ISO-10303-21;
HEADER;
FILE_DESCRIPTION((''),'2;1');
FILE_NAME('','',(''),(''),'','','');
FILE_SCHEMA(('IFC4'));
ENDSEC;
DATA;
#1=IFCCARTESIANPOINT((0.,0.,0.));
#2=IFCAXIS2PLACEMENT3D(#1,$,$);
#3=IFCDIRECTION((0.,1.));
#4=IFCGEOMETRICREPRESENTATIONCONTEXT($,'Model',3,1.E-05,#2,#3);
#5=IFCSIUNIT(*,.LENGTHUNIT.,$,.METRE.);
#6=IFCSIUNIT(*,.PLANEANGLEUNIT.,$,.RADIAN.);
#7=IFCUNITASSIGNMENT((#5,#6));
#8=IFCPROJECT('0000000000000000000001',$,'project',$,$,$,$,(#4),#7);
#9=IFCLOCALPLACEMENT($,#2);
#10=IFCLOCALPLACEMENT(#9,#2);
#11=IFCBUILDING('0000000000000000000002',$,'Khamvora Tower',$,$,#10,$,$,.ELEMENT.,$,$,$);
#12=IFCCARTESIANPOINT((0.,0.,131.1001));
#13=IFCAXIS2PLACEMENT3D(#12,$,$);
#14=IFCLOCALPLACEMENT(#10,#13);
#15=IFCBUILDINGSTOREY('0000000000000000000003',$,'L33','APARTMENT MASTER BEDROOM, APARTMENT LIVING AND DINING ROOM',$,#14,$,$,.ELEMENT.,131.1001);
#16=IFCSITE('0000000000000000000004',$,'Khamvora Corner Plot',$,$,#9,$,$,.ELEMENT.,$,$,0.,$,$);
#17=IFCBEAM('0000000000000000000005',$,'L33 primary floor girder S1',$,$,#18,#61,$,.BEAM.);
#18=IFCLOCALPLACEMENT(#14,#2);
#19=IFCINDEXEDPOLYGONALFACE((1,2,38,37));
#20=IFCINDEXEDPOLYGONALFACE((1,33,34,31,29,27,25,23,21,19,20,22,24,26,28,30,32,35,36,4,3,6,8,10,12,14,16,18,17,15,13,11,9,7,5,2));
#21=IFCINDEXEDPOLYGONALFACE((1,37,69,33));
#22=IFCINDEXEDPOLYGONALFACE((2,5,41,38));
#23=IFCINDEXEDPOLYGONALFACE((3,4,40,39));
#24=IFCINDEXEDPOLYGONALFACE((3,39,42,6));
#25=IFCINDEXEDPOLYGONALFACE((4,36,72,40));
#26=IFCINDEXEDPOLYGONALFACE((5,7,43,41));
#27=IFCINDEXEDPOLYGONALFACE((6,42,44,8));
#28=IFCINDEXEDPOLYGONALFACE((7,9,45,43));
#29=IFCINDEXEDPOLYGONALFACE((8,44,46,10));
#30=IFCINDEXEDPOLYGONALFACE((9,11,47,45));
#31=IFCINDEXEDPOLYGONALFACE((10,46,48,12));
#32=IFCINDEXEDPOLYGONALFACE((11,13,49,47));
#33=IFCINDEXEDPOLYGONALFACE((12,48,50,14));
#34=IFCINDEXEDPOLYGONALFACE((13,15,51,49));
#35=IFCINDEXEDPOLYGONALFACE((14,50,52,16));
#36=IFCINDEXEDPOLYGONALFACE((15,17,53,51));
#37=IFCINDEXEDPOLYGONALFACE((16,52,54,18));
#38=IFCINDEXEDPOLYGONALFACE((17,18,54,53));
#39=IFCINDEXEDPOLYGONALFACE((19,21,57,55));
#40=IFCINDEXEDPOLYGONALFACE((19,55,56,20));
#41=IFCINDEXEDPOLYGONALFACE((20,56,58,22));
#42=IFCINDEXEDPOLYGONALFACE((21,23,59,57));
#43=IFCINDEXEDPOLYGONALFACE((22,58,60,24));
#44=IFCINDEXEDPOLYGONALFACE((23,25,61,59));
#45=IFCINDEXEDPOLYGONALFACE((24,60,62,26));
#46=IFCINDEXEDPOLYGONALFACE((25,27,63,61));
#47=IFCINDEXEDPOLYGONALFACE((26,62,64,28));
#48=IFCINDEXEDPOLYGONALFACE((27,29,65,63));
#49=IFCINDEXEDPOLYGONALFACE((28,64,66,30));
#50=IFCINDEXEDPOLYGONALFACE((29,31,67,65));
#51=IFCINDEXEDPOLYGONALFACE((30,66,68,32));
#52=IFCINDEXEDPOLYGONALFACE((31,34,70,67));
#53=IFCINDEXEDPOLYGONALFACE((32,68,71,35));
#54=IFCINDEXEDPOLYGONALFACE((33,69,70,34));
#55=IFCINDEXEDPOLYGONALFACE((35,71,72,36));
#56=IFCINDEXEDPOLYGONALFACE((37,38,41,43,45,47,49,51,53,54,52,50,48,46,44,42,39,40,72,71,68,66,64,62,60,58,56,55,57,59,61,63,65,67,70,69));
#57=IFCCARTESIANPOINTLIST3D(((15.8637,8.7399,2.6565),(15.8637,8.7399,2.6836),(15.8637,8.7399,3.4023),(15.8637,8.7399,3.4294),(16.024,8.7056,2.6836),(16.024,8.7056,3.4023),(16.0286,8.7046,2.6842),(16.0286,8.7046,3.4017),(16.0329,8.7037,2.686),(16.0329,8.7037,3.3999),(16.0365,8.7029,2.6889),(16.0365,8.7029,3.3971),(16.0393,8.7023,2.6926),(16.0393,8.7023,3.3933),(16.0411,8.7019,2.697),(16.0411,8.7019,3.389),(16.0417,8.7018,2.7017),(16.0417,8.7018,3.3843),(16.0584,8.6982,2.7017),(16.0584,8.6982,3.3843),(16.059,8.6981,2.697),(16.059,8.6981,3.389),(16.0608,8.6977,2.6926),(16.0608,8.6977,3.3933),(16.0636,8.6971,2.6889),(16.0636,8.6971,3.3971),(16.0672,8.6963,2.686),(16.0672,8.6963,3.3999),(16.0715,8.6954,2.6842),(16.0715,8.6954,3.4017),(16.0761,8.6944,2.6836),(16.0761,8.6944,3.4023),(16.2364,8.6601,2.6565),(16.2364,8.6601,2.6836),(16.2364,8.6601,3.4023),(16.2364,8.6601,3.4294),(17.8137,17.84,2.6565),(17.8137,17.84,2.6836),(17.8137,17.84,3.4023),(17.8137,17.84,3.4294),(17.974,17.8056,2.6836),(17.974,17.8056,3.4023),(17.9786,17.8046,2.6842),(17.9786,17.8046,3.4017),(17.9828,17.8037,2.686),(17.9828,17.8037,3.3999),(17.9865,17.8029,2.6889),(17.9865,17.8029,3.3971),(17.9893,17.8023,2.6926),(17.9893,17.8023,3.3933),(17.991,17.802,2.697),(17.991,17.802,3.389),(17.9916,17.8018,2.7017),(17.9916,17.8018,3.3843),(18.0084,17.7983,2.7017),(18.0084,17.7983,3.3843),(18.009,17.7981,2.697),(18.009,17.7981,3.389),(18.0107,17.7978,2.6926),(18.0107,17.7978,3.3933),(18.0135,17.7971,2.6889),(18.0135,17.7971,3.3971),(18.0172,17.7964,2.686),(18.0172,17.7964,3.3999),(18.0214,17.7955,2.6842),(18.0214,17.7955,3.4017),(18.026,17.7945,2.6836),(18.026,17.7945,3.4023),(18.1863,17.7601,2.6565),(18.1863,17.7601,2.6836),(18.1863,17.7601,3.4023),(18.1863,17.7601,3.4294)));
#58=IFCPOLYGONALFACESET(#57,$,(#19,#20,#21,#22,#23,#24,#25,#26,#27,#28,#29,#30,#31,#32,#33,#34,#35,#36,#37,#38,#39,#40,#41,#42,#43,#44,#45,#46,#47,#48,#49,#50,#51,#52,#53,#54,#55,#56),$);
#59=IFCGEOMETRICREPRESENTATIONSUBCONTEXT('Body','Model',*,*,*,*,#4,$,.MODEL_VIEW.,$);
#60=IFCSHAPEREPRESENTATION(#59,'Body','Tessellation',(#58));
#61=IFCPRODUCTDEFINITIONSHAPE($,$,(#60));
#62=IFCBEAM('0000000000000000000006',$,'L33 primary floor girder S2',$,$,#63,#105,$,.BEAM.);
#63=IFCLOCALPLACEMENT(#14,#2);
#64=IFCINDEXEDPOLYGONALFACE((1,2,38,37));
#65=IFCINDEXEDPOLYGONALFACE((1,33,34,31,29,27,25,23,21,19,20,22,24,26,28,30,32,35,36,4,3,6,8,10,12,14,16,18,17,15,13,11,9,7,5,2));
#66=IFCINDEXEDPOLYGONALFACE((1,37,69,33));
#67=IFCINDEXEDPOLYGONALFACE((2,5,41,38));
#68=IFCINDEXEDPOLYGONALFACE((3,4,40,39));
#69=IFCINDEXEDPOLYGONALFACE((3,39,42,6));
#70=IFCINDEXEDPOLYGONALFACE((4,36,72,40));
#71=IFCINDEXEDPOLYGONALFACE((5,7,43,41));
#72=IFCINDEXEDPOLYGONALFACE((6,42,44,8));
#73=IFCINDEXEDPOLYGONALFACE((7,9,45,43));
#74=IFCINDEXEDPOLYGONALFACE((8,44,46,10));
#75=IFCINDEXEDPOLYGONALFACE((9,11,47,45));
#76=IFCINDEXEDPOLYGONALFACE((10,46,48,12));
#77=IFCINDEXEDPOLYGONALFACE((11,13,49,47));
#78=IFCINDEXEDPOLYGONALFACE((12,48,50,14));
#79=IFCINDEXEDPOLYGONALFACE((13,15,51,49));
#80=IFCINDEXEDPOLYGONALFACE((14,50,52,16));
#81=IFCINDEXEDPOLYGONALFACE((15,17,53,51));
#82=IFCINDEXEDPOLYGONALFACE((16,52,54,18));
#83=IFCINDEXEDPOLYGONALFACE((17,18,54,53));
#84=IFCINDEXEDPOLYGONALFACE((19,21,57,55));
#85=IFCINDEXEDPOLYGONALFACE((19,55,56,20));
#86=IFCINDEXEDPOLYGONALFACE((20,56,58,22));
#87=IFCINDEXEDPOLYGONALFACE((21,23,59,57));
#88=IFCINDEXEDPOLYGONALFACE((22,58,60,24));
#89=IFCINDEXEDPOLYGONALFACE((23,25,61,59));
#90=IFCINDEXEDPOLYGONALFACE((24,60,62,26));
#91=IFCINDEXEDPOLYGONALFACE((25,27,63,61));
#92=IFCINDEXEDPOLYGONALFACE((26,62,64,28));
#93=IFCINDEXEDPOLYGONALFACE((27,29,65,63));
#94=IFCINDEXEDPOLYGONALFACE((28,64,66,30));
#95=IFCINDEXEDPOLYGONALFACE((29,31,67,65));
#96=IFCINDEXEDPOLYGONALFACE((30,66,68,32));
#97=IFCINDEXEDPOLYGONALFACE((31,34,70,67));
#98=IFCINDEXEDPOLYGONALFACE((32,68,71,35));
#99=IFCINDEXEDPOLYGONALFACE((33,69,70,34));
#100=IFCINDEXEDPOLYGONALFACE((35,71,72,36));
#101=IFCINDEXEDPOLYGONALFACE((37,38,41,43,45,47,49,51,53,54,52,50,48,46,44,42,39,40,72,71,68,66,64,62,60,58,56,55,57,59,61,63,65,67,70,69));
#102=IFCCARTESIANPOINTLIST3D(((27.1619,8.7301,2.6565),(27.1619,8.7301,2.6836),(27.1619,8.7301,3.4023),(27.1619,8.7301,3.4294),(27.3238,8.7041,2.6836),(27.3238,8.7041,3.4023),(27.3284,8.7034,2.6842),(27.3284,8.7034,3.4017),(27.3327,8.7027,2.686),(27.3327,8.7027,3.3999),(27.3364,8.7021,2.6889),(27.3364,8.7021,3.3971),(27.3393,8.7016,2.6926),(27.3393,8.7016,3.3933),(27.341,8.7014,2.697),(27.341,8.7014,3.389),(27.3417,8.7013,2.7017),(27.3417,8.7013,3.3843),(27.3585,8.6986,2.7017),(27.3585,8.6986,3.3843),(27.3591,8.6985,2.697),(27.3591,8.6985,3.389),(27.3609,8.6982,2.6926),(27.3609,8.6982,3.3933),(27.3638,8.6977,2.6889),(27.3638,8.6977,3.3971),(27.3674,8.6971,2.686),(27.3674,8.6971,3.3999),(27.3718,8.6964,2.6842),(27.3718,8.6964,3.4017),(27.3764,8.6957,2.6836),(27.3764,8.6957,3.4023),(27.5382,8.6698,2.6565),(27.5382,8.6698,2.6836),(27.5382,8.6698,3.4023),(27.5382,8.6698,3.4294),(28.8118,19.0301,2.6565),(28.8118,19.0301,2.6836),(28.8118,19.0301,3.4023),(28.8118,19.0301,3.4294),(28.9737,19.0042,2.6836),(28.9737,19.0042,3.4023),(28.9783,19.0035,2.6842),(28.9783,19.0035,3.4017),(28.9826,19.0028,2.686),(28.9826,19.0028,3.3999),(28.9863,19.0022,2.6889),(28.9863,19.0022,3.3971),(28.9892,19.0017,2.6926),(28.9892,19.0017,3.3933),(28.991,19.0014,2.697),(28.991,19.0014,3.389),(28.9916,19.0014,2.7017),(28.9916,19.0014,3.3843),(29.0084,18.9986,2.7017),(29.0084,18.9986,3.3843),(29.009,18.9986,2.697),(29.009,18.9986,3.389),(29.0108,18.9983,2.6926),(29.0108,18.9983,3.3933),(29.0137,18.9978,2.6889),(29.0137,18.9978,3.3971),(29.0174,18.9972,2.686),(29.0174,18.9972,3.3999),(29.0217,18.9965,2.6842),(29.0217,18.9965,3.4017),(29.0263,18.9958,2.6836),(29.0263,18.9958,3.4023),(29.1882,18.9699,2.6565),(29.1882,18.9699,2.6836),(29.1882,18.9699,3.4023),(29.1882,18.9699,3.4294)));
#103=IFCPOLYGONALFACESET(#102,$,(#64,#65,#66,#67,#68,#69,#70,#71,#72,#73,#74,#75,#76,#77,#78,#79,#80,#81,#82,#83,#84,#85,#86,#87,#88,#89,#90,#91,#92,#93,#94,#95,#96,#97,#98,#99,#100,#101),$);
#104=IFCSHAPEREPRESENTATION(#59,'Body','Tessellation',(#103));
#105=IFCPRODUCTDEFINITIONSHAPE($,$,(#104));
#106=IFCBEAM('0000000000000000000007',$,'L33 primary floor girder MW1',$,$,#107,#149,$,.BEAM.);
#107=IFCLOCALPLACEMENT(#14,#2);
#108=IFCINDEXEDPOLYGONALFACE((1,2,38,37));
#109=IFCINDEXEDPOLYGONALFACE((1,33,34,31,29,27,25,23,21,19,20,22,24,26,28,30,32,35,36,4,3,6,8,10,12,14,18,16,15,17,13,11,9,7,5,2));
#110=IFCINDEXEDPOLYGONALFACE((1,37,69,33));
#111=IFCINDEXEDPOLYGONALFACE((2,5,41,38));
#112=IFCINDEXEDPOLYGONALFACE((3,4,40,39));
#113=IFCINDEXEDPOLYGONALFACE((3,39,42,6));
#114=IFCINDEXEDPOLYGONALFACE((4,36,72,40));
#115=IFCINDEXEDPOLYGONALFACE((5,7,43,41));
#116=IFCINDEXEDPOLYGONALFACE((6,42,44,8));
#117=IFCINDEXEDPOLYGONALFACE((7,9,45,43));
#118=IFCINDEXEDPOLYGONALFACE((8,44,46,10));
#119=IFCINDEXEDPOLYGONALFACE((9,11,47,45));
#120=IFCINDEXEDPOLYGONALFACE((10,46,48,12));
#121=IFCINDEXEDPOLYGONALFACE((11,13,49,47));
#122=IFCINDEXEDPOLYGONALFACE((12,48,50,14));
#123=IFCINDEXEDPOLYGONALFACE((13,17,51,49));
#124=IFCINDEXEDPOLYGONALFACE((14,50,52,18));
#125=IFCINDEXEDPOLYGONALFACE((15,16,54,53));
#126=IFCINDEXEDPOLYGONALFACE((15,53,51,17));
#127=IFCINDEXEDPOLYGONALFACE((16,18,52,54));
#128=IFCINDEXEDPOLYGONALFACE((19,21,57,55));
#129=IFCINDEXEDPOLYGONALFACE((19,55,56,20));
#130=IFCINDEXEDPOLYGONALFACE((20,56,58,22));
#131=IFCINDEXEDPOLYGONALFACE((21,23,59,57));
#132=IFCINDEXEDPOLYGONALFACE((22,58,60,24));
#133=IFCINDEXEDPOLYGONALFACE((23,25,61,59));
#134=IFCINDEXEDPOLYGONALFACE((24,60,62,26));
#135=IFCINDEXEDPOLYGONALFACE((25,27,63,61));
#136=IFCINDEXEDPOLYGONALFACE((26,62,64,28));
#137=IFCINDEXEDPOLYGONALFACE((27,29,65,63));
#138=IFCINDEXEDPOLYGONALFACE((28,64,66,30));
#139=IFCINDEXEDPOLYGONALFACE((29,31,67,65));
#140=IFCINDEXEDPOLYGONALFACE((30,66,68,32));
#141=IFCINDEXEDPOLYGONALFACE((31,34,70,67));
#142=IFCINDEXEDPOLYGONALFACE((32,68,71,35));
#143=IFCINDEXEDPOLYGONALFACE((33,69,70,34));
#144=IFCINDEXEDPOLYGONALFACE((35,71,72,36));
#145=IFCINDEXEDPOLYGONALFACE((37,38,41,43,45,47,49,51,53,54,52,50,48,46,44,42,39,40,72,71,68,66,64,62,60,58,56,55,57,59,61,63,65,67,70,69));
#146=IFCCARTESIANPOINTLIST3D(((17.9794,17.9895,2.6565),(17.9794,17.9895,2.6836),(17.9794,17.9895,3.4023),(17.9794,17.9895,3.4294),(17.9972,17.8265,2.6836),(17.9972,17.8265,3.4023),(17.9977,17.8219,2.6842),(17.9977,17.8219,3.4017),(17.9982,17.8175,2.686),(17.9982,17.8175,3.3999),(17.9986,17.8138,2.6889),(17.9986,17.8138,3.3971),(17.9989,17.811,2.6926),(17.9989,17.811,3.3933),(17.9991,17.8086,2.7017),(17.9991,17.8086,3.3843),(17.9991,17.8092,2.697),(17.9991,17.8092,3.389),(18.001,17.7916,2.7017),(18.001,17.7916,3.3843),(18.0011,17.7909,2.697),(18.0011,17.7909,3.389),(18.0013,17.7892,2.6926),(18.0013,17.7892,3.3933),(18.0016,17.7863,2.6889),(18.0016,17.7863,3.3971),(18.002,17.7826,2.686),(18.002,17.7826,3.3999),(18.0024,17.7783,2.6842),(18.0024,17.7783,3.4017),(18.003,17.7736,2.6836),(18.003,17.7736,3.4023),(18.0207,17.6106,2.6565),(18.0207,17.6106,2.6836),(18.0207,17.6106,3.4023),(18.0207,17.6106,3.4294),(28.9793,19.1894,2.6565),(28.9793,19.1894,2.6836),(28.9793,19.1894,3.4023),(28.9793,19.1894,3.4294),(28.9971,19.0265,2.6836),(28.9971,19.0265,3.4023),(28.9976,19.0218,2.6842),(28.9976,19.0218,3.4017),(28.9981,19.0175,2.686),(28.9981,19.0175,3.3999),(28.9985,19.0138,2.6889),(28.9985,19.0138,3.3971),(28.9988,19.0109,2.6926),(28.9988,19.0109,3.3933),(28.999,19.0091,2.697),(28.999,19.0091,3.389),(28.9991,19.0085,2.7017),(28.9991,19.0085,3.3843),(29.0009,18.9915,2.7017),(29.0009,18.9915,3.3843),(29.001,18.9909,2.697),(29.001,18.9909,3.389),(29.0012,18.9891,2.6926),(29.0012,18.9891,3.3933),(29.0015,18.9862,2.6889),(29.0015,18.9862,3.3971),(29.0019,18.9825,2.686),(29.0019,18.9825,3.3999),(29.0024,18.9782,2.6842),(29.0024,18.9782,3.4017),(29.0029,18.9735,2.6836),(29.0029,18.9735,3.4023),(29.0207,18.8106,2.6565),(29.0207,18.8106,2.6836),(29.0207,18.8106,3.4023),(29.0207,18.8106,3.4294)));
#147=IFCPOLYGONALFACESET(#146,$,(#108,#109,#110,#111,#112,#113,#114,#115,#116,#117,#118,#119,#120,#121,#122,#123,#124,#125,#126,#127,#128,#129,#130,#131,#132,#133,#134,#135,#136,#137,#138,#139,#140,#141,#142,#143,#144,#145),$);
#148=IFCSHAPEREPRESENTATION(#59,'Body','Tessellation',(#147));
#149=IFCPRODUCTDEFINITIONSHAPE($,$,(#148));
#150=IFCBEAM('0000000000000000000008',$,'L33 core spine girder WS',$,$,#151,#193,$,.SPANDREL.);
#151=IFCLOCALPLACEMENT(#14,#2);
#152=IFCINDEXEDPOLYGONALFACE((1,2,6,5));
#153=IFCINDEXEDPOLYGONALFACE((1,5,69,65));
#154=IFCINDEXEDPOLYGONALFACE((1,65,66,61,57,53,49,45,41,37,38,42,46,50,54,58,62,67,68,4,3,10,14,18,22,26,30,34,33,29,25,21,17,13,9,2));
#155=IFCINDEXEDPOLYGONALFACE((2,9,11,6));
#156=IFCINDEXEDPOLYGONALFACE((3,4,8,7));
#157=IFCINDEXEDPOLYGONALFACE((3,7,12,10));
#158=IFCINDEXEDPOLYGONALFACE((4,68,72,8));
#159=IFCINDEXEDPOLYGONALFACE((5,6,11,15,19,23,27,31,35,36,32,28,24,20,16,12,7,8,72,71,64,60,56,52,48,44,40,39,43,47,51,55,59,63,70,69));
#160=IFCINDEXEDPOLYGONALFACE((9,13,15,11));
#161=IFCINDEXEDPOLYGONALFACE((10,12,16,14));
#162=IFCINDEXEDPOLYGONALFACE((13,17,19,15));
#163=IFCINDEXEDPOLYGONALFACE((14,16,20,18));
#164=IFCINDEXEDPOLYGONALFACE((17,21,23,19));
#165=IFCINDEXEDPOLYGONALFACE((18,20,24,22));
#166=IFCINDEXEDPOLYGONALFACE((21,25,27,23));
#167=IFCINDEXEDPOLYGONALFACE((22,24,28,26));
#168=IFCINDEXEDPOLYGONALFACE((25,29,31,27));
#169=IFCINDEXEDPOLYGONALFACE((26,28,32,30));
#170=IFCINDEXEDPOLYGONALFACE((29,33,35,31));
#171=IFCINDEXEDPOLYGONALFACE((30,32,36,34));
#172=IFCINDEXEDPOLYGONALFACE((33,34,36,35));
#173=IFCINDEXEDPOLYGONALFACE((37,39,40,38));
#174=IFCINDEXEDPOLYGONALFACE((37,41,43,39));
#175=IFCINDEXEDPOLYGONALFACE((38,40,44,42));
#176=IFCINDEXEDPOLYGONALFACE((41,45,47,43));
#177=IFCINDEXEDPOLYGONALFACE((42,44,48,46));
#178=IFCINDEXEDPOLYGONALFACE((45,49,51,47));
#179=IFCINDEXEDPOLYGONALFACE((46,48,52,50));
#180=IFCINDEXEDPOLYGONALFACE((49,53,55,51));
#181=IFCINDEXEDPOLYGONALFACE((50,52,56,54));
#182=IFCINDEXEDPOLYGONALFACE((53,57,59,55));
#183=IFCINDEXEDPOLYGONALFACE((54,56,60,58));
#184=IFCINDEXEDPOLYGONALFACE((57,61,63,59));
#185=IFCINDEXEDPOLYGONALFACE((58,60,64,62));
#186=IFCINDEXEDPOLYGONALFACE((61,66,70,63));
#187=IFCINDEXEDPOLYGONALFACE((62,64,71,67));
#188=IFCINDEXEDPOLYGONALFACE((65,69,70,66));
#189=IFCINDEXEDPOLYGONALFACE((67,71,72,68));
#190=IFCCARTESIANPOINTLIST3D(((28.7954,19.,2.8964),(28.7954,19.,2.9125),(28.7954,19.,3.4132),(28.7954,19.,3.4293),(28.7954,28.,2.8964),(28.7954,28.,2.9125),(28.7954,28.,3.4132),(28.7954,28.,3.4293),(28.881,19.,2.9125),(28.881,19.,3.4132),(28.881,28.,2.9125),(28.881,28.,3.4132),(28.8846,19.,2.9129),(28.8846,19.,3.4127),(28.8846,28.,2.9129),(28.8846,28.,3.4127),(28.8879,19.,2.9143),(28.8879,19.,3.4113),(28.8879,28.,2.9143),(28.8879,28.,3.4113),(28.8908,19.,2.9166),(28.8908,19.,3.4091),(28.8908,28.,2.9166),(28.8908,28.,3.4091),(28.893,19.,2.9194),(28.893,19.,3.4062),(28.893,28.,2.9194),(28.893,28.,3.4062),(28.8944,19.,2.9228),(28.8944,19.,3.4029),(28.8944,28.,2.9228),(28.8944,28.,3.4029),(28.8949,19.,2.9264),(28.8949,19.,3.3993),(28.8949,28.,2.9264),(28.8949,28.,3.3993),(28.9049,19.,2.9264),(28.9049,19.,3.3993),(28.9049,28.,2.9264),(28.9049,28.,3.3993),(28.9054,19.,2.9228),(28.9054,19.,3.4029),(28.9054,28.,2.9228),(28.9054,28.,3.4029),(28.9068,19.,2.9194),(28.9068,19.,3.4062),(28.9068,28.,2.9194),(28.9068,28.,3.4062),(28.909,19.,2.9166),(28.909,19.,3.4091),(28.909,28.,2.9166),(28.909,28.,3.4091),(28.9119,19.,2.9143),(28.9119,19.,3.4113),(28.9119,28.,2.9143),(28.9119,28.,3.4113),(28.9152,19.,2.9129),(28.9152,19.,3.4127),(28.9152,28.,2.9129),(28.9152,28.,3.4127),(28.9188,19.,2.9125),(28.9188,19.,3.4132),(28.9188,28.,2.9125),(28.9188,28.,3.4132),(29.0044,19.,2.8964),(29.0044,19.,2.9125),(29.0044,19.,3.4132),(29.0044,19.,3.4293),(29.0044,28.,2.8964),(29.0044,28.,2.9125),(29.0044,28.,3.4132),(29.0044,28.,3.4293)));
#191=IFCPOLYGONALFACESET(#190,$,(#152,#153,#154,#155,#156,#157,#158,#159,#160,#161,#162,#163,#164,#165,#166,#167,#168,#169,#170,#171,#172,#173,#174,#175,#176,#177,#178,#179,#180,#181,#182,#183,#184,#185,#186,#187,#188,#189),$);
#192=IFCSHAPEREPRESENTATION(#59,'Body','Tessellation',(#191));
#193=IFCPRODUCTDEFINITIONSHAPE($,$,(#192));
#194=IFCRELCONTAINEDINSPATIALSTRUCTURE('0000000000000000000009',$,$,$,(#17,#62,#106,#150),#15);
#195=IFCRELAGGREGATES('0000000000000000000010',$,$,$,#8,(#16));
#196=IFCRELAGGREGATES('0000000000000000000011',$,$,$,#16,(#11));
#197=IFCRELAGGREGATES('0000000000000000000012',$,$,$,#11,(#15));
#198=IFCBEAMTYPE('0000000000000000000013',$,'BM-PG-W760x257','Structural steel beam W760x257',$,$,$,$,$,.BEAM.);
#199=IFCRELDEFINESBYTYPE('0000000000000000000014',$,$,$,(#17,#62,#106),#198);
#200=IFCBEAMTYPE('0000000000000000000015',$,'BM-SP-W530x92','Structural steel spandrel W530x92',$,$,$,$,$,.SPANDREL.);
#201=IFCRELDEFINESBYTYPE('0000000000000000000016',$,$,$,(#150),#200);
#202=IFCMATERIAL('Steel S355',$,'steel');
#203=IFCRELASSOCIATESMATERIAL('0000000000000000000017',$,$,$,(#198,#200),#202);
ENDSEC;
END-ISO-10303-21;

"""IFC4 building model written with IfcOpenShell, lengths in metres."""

from ifc_helpers import new_model, si_unit, direction, frame, origin, origin_2d, place, context, subcontext, project, spatial, i_section, extrude, material, material_profile, profile_set, type_object, element, save


model = new_model("IFC4")

# Units and contexts
model_context = context("Model", 3, precision=1e-05, world=origin(), true_north=direction((0.0, 1.0)))
body_context = subcontext(model_context, "Body", "Model", "MODEL_VIEW")
ifc_project = project(units=[si_unit("LENGTHUNIT", "METRE"), si_unit("PLANEANGLEUNIT", "RADIAN")], contexts=[model_context])

# Site, building, storey
site_placement = place(None, origin())
site = spatial("IfcSite", under=ifc_project, at=site_placement, Name="Khamvora Corner Plot", CompositionType="ELEMENT", RefElevation=0.0)
building_placement = place(site_placement, origin())
building = spatial("IfcBuilding", under=site, at=building_placement, Name="Khamvora Tower", CompositionType="ELEMENT")
storey_placement = place(building_placement, frame((0.0, 0.0, 131.1001)))
storey = spatial("IfcBuildingStorey", under=building, at=storey_placement, Name="L33", Description="APARTMENT MASTER BEDROOM, APARTMENT LIVING AND DINING ROOM", CompositionType="ELEMENT", Elevation=131.1001)

# Beams
ifc_material_1 = material(Name="Steel S355", Category="steel")
ifc_material_profile_1 = material_profile(ifc_material_1, i_section(OverallWidth=0.3811, OverallDepth=0.7729, WebThickness=0.0171, FlangeThickness=0.0271, FilletRadius=0.0181, at=origin_2d()), Name="W760x257")
ifc_profile_set_1 = profile_set([ifc_material_profile_1], Name="Steel S355")
beam_type_1 = type_object("IfcBeamType", Name="BM-PG-W760x257", Description="Structural steel beam W760x257", PredefinedType="BEAM", material=ifc_profile_set_1)
beam_1_placement = place(storey_placement, frame((18.0, 17.8, 3.043), z_axis=(-0.209522, -0.977804, 0.0), x_axis=(0.977804, -0.209522, 0.0)))
element("IfcBeam", 1, at=beam_1_placement, inside=storey, type_object=beam_type_1, Name="L33 primary floor girder S1", PredefinedType="BEAM", context=body_context, shape_type="SweptSolid", body=[
    extrude(i_section(OverallWidth=0.3811, OverallDepth=0.7729, WebThickness=0.0171, FlangeThickness=0.0271, FilletRadius=0.0181, at=origin_2d()), origin(), (0.0, 0.0, 1.0), 9.3066),
])
beam_2_placement = place(storey_placement, frame((29.0, 19.0, 3.043), z_axis=(-0.158168, -0.987412, 0.0), x_axis=(0.987412, -0.158168, 0.0)))
element("IfcBeam", 2, at=beam_2_placement, inside=storey, type_object=beam_type_1, Name="L33 primary floor girder S2", PredefinedType="BEAM", context=body_context, shape_type="SweptSolid", body=[
    extrude(i_section(OverallWidth=0.3811, OverallDepth=0.7729, WebThickness=0.0171, FlangeThickness=0.0271, FilletRadius=0.0181, at=origin_2d()), origin(), (0.0, 0.0, 1.0), 10.4314),
])
beam_3_placement = place(storey_placement, frame((29.0, 19.0, 3.043), z_axis=(-0.994103, -0.108443, 0.0), x_axis=(0.108443, -0.994103, 0.0)))
element("IfcBeam", 3, at=beam_3_placement, inside=storey, type_object=beam_type_1, Name="L33 primary floor girder MW1", PredefinedType="BEAM", context=body_context, shape_type="SweptSolid", body=[
    extrude(i_section(OverallWidth=0.3811, OverallDepth=0.7729, WebThickness=0.0171, FlangeThickness=0.0271, FilletRadius=0.0181, at=origin_2d()), origin(), (0.0, 0.0, 1.0), 11.0652),
])
ifc_material_profile_2 = material_profile(ifc_material_1, i_section(OverallWidth=0.209, OverallDepth=0.533, WebThickness=0.01, FlangeThickness=0.0161, FilletRadius=0.0139, at=origin_2d()), Name="W530x92")
ifc_profile_set_2 = profile_set([ifc_material_profile_2], Name="Steel S355")
beam_type_2 = type_object("IfcBeamType", Name="BM-SP-W530x92", Description="Structural steel spandrel W530x92", PredefinedType="SPANDREL", material=ifc_profile_set_2)
beam_4_placement = place(storey_placement, frame((28.8999, 19.0, 3.1628), z_axis=(0.0, 1.0, 0.0), x_axis=(-1.0, 0.0, 0.0)))
element("IfcBeam", 4, at=beam_4_placement, inside=storey, type_object=beam_type_2, Name="L33 core spine girder WS", PredefinedType="SPANDREL", context=body_context, shape_type="SweptSolid", body=[
    extrude(i_section(OverallWidth=0.209, OverallDepth=0.533, WebThickness=0.01, FlangeThickness=0.0161, FilletRadius=0.0139, at=origin_2d()), origin(), (0.0, 0.0, 1.0), 9.0),
])

save(model, "model.ifc")
